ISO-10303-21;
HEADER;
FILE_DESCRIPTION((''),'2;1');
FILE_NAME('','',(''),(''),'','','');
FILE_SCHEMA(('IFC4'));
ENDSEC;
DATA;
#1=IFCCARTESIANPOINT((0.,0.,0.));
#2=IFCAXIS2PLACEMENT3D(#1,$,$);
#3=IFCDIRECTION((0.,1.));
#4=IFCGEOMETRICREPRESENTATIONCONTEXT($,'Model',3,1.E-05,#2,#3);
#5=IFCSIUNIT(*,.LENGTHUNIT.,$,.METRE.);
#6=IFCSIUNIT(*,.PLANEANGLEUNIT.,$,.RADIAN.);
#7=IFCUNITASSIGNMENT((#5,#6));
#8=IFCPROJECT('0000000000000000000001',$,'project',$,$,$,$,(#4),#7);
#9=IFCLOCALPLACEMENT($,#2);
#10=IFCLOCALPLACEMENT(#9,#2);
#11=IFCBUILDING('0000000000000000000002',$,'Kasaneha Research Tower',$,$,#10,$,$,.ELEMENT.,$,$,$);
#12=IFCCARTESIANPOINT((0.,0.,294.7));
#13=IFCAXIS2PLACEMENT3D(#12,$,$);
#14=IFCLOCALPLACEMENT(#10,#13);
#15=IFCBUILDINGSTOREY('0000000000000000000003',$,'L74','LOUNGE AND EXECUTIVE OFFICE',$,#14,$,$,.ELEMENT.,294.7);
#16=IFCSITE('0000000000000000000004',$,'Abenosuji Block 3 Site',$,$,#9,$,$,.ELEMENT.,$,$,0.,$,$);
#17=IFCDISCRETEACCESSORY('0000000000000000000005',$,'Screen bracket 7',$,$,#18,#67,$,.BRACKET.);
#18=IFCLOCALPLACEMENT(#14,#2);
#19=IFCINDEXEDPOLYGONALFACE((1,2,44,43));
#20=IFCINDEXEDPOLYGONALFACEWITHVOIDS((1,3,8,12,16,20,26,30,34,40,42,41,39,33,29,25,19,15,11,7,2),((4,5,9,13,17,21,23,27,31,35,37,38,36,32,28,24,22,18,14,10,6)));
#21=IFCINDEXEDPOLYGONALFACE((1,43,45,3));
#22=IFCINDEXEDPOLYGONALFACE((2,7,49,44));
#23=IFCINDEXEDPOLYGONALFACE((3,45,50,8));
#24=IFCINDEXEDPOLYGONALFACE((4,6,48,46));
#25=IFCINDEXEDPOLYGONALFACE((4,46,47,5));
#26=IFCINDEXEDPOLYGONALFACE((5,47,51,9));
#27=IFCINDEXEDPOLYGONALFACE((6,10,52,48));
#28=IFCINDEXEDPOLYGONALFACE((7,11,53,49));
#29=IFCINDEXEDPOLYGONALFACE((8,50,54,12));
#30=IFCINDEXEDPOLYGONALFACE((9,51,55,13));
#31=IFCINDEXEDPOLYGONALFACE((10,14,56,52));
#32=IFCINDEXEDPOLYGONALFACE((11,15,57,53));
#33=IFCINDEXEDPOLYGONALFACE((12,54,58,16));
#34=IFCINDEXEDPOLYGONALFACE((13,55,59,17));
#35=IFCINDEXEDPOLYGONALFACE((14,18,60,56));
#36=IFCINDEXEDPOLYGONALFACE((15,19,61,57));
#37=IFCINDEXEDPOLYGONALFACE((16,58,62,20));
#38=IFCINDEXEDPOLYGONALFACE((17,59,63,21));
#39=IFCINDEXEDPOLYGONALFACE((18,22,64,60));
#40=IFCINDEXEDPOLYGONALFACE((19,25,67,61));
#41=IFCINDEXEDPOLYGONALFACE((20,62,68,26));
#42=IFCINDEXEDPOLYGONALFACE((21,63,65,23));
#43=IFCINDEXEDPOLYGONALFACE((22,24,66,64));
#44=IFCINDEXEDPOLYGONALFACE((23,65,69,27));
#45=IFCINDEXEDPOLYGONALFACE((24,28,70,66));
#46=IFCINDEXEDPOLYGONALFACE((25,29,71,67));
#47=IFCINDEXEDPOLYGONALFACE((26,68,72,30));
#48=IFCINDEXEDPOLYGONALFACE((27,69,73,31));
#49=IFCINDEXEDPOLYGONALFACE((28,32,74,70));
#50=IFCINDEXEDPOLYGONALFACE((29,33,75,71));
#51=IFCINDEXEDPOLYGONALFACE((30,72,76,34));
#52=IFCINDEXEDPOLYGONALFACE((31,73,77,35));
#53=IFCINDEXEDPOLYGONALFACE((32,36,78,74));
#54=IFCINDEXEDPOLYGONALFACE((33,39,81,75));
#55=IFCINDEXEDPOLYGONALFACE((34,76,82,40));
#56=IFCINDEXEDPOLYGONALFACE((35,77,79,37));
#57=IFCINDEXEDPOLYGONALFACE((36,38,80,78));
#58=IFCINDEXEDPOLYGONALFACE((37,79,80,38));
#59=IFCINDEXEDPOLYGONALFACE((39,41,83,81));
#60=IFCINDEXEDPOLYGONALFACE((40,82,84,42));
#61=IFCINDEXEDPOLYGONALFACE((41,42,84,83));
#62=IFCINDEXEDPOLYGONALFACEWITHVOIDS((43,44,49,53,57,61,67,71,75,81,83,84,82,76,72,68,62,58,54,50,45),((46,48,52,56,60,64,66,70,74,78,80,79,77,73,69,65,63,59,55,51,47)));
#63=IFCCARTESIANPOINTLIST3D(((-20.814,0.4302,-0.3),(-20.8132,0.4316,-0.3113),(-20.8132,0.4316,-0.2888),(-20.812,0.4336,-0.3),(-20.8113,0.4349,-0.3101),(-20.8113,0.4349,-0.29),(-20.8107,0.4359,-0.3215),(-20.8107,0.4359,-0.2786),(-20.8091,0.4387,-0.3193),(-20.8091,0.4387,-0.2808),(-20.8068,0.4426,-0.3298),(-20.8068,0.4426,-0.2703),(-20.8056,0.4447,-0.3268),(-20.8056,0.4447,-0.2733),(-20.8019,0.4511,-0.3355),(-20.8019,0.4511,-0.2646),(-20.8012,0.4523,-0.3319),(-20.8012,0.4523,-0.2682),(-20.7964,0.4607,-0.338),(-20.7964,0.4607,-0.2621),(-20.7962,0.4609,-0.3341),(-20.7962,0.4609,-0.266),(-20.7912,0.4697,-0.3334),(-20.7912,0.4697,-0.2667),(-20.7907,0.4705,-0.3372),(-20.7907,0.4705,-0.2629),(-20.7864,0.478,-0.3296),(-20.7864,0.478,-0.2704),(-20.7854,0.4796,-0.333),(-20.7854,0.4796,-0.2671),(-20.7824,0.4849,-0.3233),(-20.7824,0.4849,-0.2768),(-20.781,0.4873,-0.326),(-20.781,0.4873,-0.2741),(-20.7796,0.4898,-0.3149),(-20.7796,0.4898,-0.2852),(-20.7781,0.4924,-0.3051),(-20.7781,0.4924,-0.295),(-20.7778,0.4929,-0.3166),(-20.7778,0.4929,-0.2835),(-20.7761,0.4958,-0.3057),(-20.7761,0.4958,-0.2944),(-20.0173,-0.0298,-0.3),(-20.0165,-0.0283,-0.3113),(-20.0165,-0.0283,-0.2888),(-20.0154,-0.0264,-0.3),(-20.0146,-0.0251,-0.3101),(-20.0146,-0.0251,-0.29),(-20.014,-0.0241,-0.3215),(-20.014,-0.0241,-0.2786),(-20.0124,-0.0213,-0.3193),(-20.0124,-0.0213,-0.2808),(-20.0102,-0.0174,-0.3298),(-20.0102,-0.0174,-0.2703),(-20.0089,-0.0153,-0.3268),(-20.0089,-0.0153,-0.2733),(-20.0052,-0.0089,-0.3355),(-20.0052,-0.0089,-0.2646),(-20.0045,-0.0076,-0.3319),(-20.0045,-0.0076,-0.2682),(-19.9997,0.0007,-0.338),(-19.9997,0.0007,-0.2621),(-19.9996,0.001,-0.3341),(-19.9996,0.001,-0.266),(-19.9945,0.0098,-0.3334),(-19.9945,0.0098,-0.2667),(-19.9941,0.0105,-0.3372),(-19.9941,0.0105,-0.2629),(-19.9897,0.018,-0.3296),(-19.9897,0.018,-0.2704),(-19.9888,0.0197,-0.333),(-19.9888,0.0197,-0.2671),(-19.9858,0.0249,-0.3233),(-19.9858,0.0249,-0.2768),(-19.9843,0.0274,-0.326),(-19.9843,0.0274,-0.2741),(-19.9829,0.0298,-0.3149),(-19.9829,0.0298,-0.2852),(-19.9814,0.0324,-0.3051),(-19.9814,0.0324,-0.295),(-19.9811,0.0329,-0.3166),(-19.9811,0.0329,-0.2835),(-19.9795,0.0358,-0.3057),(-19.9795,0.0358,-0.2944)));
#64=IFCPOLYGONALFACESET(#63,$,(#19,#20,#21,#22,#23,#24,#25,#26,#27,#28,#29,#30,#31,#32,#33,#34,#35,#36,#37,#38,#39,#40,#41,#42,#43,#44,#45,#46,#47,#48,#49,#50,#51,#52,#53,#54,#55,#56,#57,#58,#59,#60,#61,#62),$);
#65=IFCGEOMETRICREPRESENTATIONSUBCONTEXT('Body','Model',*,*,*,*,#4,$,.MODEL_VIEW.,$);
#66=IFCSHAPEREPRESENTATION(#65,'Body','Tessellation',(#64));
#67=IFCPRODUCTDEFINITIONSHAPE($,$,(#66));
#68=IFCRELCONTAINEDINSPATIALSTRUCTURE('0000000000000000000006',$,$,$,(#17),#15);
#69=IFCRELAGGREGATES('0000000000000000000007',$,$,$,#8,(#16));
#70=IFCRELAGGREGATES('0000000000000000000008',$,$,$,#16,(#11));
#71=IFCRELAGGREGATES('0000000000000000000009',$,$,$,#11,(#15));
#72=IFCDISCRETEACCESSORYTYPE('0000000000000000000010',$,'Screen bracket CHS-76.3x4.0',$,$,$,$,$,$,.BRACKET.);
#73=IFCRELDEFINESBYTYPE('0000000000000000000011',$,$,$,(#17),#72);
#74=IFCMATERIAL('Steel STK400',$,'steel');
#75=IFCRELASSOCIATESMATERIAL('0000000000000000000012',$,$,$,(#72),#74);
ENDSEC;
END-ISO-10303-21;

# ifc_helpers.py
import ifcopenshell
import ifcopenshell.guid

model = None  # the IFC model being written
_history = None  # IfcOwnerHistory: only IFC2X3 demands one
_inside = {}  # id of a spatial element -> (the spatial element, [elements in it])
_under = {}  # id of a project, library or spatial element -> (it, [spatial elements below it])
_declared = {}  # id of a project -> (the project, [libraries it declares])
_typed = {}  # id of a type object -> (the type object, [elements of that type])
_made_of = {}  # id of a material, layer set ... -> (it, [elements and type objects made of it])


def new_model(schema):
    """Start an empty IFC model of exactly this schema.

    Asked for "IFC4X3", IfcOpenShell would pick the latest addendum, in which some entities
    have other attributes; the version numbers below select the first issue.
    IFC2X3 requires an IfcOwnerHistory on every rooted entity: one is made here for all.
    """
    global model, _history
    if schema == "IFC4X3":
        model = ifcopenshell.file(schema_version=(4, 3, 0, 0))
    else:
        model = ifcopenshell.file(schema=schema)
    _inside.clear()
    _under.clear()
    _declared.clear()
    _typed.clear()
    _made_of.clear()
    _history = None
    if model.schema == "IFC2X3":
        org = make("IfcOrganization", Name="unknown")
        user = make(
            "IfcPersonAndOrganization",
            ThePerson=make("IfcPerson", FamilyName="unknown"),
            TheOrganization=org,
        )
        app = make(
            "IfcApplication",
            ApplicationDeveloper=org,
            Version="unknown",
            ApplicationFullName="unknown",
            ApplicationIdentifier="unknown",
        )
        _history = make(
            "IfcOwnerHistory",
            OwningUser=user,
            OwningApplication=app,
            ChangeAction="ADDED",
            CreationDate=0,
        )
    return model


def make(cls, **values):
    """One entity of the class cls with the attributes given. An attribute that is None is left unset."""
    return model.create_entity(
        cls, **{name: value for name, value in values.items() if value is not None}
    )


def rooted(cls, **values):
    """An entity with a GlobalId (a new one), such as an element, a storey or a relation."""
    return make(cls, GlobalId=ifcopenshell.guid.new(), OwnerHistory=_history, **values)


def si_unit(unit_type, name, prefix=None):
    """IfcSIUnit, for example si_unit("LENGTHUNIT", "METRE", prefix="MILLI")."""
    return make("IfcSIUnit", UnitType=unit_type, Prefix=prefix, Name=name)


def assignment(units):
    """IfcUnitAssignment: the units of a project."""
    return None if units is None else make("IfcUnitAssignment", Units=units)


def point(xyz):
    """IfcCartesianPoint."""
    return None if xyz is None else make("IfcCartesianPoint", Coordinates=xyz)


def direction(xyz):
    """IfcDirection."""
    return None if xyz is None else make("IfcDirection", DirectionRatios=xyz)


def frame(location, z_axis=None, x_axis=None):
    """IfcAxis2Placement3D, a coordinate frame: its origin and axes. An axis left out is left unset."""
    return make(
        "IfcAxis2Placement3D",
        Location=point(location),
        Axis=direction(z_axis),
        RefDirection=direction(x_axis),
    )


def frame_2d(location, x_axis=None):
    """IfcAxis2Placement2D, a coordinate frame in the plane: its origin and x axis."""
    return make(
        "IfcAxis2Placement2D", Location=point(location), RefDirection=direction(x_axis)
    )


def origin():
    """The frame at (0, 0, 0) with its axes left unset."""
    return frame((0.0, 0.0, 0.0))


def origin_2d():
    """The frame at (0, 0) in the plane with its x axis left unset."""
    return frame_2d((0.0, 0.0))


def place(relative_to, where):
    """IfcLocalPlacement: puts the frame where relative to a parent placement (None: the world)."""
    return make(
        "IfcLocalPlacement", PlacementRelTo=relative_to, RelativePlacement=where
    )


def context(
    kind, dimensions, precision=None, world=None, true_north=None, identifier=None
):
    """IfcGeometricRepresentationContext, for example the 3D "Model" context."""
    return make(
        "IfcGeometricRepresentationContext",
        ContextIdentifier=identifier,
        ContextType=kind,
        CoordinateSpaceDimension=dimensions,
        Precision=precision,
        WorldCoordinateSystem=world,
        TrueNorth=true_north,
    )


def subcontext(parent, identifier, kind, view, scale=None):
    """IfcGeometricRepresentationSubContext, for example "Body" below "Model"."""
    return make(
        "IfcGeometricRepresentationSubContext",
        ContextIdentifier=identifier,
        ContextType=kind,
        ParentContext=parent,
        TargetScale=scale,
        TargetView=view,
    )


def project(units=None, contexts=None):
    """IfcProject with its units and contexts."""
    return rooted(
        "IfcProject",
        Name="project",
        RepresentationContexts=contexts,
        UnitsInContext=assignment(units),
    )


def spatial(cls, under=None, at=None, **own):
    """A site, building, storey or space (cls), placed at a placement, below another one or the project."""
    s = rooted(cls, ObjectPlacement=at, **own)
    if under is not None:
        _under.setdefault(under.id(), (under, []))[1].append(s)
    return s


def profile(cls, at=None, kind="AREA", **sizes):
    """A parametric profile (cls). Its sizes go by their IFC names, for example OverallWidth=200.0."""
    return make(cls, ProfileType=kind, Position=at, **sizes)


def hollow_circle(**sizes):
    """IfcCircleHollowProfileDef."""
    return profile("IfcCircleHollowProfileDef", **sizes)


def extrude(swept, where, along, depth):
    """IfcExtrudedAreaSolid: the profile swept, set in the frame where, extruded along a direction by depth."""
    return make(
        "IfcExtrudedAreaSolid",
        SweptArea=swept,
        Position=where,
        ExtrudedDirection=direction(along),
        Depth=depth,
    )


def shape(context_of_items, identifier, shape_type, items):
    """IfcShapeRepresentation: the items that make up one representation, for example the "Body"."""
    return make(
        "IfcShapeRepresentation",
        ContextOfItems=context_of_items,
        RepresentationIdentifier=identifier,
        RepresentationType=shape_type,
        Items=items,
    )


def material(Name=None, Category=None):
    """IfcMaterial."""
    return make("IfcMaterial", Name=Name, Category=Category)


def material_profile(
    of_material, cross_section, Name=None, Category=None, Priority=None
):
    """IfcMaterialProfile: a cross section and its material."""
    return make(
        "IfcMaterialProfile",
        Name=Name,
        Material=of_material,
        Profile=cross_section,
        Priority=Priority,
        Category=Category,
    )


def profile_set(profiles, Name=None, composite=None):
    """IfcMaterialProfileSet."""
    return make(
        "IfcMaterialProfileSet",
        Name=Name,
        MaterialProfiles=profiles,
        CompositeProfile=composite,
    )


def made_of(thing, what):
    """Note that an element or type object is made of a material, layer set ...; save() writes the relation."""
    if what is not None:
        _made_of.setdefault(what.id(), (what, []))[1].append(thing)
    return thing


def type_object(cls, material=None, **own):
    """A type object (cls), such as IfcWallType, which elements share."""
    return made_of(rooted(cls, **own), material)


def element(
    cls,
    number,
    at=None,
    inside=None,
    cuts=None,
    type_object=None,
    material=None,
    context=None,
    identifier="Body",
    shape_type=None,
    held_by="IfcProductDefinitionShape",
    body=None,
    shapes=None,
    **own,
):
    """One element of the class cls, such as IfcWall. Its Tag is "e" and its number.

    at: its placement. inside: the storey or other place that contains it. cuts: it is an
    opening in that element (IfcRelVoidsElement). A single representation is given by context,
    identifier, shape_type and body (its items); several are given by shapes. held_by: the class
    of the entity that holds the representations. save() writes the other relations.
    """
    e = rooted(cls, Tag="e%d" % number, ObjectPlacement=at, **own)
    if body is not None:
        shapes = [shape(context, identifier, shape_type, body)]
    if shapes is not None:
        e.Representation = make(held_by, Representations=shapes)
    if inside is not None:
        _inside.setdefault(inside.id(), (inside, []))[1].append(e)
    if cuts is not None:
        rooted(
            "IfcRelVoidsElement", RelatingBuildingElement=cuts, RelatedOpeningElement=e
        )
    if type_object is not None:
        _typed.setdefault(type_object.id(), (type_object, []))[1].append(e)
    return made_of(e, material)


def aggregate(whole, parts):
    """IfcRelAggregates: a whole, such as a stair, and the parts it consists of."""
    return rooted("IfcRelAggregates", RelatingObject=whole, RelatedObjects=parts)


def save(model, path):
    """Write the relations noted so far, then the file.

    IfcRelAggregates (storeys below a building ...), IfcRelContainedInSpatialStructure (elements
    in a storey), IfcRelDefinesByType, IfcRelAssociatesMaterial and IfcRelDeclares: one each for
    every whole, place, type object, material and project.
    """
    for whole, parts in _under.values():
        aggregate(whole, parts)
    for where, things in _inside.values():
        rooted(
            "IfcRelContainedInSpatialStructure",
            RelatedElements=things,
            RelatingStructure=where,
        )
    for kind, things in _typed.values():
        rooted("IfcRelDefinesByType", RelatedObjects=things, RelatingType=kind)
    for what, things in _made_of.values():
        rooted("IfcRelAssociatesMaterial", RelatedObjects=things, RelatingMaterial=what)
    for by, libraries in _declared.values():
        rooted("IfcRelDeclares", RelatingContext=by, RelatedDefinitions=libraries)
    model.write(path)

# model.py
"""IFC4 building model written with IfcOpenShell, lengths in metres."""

from ifc_helpers import new_model, si_unit, direction, frame, origin, origin_2d, place, context, subcontext, project, spatial, hollow_circle, extrude, material, material_profile, profile_set, type_object, element, save


model = new_model("IFC4")

# Units and contexts
model_context = context("Model", 3, precision=1e-05, world=origin(), true_north=direction((0.0, 1.0)))
body_context = subcontext(model_context, "Body", "Model", "MODEL_VIEW")
ifc_project = project(units=[si_unit("LENGTHUNIT", "METRE"), si_unit("PLANEANGLEUNIT", "RADIAN")], contexts=[model_context])

# Site, building, storey
site_placement = place(None, origin())
site = spatial("IfcSite", under=ifc_project, at=site_placement, Name="Abenosuji Block 3 Site", CompositionType="ELEMENT", RefElevation=0.0)
building_placement = place(site_placement, origin())
building = spatial("IfcBuilding", under=site, at=building_placement, Name="Kasaneha Research Tower", CompositionType="ELEMENT")
storey_placement = place(building_placement, frame((0.0, 0.0, 294.7)))
storey = spatial("IfcBuildingStorey", under=building, at=storey_placement, Name="L74", Description="LOUNGE AND EXECUTIVE OFFICE", CompositionType="ELEMENT", Elevation=294.7)

# Discrete accessory
ifc_material_1 = material(Name="Steel STK400", Category="steel")
ifc_material_profile_1 = material_profile(ifc_material_1, hollow_circle(Radius=0.0381, WallThickness=0.0039, at=origin_2d()), Name="CHS-76.3x4.0")
ifc_profile_set_1 = profile_set([ifc_material_profile_1], Name="Steel STK400")
discrete_accessory_type = type_object("IfcDiscreteAccessoryType", Name="Screen bracket CHS-76.3x4.0", PredefinedType="BRACKET", material=ifc_profile_set_1)
discrete_accessory_1_placement = place(storey_placement, frame((-19.9983, 0.0032, -0.3), z_axis=(-0.866013, 0.500021, 0.0), x_axis=(-0.500021, -0.866013, 0.0)))
element("IfcDiscreteAccessory", 1, at=discrete_accessory_1_placement, inside=storey, type_object=discrete_accessory_type, Name="Screen bracket 7", PredefinedType="BRACKET", context=body_context, shape_type="SweptSolid", body=[
    extrude(hollow_circle(Radius=0.0381, WallThickness=0.0039, at=origin_2d()), origin(), (0.0, 0.0, 1.0), 0.9199),
])

save(model, "model.ifc")
